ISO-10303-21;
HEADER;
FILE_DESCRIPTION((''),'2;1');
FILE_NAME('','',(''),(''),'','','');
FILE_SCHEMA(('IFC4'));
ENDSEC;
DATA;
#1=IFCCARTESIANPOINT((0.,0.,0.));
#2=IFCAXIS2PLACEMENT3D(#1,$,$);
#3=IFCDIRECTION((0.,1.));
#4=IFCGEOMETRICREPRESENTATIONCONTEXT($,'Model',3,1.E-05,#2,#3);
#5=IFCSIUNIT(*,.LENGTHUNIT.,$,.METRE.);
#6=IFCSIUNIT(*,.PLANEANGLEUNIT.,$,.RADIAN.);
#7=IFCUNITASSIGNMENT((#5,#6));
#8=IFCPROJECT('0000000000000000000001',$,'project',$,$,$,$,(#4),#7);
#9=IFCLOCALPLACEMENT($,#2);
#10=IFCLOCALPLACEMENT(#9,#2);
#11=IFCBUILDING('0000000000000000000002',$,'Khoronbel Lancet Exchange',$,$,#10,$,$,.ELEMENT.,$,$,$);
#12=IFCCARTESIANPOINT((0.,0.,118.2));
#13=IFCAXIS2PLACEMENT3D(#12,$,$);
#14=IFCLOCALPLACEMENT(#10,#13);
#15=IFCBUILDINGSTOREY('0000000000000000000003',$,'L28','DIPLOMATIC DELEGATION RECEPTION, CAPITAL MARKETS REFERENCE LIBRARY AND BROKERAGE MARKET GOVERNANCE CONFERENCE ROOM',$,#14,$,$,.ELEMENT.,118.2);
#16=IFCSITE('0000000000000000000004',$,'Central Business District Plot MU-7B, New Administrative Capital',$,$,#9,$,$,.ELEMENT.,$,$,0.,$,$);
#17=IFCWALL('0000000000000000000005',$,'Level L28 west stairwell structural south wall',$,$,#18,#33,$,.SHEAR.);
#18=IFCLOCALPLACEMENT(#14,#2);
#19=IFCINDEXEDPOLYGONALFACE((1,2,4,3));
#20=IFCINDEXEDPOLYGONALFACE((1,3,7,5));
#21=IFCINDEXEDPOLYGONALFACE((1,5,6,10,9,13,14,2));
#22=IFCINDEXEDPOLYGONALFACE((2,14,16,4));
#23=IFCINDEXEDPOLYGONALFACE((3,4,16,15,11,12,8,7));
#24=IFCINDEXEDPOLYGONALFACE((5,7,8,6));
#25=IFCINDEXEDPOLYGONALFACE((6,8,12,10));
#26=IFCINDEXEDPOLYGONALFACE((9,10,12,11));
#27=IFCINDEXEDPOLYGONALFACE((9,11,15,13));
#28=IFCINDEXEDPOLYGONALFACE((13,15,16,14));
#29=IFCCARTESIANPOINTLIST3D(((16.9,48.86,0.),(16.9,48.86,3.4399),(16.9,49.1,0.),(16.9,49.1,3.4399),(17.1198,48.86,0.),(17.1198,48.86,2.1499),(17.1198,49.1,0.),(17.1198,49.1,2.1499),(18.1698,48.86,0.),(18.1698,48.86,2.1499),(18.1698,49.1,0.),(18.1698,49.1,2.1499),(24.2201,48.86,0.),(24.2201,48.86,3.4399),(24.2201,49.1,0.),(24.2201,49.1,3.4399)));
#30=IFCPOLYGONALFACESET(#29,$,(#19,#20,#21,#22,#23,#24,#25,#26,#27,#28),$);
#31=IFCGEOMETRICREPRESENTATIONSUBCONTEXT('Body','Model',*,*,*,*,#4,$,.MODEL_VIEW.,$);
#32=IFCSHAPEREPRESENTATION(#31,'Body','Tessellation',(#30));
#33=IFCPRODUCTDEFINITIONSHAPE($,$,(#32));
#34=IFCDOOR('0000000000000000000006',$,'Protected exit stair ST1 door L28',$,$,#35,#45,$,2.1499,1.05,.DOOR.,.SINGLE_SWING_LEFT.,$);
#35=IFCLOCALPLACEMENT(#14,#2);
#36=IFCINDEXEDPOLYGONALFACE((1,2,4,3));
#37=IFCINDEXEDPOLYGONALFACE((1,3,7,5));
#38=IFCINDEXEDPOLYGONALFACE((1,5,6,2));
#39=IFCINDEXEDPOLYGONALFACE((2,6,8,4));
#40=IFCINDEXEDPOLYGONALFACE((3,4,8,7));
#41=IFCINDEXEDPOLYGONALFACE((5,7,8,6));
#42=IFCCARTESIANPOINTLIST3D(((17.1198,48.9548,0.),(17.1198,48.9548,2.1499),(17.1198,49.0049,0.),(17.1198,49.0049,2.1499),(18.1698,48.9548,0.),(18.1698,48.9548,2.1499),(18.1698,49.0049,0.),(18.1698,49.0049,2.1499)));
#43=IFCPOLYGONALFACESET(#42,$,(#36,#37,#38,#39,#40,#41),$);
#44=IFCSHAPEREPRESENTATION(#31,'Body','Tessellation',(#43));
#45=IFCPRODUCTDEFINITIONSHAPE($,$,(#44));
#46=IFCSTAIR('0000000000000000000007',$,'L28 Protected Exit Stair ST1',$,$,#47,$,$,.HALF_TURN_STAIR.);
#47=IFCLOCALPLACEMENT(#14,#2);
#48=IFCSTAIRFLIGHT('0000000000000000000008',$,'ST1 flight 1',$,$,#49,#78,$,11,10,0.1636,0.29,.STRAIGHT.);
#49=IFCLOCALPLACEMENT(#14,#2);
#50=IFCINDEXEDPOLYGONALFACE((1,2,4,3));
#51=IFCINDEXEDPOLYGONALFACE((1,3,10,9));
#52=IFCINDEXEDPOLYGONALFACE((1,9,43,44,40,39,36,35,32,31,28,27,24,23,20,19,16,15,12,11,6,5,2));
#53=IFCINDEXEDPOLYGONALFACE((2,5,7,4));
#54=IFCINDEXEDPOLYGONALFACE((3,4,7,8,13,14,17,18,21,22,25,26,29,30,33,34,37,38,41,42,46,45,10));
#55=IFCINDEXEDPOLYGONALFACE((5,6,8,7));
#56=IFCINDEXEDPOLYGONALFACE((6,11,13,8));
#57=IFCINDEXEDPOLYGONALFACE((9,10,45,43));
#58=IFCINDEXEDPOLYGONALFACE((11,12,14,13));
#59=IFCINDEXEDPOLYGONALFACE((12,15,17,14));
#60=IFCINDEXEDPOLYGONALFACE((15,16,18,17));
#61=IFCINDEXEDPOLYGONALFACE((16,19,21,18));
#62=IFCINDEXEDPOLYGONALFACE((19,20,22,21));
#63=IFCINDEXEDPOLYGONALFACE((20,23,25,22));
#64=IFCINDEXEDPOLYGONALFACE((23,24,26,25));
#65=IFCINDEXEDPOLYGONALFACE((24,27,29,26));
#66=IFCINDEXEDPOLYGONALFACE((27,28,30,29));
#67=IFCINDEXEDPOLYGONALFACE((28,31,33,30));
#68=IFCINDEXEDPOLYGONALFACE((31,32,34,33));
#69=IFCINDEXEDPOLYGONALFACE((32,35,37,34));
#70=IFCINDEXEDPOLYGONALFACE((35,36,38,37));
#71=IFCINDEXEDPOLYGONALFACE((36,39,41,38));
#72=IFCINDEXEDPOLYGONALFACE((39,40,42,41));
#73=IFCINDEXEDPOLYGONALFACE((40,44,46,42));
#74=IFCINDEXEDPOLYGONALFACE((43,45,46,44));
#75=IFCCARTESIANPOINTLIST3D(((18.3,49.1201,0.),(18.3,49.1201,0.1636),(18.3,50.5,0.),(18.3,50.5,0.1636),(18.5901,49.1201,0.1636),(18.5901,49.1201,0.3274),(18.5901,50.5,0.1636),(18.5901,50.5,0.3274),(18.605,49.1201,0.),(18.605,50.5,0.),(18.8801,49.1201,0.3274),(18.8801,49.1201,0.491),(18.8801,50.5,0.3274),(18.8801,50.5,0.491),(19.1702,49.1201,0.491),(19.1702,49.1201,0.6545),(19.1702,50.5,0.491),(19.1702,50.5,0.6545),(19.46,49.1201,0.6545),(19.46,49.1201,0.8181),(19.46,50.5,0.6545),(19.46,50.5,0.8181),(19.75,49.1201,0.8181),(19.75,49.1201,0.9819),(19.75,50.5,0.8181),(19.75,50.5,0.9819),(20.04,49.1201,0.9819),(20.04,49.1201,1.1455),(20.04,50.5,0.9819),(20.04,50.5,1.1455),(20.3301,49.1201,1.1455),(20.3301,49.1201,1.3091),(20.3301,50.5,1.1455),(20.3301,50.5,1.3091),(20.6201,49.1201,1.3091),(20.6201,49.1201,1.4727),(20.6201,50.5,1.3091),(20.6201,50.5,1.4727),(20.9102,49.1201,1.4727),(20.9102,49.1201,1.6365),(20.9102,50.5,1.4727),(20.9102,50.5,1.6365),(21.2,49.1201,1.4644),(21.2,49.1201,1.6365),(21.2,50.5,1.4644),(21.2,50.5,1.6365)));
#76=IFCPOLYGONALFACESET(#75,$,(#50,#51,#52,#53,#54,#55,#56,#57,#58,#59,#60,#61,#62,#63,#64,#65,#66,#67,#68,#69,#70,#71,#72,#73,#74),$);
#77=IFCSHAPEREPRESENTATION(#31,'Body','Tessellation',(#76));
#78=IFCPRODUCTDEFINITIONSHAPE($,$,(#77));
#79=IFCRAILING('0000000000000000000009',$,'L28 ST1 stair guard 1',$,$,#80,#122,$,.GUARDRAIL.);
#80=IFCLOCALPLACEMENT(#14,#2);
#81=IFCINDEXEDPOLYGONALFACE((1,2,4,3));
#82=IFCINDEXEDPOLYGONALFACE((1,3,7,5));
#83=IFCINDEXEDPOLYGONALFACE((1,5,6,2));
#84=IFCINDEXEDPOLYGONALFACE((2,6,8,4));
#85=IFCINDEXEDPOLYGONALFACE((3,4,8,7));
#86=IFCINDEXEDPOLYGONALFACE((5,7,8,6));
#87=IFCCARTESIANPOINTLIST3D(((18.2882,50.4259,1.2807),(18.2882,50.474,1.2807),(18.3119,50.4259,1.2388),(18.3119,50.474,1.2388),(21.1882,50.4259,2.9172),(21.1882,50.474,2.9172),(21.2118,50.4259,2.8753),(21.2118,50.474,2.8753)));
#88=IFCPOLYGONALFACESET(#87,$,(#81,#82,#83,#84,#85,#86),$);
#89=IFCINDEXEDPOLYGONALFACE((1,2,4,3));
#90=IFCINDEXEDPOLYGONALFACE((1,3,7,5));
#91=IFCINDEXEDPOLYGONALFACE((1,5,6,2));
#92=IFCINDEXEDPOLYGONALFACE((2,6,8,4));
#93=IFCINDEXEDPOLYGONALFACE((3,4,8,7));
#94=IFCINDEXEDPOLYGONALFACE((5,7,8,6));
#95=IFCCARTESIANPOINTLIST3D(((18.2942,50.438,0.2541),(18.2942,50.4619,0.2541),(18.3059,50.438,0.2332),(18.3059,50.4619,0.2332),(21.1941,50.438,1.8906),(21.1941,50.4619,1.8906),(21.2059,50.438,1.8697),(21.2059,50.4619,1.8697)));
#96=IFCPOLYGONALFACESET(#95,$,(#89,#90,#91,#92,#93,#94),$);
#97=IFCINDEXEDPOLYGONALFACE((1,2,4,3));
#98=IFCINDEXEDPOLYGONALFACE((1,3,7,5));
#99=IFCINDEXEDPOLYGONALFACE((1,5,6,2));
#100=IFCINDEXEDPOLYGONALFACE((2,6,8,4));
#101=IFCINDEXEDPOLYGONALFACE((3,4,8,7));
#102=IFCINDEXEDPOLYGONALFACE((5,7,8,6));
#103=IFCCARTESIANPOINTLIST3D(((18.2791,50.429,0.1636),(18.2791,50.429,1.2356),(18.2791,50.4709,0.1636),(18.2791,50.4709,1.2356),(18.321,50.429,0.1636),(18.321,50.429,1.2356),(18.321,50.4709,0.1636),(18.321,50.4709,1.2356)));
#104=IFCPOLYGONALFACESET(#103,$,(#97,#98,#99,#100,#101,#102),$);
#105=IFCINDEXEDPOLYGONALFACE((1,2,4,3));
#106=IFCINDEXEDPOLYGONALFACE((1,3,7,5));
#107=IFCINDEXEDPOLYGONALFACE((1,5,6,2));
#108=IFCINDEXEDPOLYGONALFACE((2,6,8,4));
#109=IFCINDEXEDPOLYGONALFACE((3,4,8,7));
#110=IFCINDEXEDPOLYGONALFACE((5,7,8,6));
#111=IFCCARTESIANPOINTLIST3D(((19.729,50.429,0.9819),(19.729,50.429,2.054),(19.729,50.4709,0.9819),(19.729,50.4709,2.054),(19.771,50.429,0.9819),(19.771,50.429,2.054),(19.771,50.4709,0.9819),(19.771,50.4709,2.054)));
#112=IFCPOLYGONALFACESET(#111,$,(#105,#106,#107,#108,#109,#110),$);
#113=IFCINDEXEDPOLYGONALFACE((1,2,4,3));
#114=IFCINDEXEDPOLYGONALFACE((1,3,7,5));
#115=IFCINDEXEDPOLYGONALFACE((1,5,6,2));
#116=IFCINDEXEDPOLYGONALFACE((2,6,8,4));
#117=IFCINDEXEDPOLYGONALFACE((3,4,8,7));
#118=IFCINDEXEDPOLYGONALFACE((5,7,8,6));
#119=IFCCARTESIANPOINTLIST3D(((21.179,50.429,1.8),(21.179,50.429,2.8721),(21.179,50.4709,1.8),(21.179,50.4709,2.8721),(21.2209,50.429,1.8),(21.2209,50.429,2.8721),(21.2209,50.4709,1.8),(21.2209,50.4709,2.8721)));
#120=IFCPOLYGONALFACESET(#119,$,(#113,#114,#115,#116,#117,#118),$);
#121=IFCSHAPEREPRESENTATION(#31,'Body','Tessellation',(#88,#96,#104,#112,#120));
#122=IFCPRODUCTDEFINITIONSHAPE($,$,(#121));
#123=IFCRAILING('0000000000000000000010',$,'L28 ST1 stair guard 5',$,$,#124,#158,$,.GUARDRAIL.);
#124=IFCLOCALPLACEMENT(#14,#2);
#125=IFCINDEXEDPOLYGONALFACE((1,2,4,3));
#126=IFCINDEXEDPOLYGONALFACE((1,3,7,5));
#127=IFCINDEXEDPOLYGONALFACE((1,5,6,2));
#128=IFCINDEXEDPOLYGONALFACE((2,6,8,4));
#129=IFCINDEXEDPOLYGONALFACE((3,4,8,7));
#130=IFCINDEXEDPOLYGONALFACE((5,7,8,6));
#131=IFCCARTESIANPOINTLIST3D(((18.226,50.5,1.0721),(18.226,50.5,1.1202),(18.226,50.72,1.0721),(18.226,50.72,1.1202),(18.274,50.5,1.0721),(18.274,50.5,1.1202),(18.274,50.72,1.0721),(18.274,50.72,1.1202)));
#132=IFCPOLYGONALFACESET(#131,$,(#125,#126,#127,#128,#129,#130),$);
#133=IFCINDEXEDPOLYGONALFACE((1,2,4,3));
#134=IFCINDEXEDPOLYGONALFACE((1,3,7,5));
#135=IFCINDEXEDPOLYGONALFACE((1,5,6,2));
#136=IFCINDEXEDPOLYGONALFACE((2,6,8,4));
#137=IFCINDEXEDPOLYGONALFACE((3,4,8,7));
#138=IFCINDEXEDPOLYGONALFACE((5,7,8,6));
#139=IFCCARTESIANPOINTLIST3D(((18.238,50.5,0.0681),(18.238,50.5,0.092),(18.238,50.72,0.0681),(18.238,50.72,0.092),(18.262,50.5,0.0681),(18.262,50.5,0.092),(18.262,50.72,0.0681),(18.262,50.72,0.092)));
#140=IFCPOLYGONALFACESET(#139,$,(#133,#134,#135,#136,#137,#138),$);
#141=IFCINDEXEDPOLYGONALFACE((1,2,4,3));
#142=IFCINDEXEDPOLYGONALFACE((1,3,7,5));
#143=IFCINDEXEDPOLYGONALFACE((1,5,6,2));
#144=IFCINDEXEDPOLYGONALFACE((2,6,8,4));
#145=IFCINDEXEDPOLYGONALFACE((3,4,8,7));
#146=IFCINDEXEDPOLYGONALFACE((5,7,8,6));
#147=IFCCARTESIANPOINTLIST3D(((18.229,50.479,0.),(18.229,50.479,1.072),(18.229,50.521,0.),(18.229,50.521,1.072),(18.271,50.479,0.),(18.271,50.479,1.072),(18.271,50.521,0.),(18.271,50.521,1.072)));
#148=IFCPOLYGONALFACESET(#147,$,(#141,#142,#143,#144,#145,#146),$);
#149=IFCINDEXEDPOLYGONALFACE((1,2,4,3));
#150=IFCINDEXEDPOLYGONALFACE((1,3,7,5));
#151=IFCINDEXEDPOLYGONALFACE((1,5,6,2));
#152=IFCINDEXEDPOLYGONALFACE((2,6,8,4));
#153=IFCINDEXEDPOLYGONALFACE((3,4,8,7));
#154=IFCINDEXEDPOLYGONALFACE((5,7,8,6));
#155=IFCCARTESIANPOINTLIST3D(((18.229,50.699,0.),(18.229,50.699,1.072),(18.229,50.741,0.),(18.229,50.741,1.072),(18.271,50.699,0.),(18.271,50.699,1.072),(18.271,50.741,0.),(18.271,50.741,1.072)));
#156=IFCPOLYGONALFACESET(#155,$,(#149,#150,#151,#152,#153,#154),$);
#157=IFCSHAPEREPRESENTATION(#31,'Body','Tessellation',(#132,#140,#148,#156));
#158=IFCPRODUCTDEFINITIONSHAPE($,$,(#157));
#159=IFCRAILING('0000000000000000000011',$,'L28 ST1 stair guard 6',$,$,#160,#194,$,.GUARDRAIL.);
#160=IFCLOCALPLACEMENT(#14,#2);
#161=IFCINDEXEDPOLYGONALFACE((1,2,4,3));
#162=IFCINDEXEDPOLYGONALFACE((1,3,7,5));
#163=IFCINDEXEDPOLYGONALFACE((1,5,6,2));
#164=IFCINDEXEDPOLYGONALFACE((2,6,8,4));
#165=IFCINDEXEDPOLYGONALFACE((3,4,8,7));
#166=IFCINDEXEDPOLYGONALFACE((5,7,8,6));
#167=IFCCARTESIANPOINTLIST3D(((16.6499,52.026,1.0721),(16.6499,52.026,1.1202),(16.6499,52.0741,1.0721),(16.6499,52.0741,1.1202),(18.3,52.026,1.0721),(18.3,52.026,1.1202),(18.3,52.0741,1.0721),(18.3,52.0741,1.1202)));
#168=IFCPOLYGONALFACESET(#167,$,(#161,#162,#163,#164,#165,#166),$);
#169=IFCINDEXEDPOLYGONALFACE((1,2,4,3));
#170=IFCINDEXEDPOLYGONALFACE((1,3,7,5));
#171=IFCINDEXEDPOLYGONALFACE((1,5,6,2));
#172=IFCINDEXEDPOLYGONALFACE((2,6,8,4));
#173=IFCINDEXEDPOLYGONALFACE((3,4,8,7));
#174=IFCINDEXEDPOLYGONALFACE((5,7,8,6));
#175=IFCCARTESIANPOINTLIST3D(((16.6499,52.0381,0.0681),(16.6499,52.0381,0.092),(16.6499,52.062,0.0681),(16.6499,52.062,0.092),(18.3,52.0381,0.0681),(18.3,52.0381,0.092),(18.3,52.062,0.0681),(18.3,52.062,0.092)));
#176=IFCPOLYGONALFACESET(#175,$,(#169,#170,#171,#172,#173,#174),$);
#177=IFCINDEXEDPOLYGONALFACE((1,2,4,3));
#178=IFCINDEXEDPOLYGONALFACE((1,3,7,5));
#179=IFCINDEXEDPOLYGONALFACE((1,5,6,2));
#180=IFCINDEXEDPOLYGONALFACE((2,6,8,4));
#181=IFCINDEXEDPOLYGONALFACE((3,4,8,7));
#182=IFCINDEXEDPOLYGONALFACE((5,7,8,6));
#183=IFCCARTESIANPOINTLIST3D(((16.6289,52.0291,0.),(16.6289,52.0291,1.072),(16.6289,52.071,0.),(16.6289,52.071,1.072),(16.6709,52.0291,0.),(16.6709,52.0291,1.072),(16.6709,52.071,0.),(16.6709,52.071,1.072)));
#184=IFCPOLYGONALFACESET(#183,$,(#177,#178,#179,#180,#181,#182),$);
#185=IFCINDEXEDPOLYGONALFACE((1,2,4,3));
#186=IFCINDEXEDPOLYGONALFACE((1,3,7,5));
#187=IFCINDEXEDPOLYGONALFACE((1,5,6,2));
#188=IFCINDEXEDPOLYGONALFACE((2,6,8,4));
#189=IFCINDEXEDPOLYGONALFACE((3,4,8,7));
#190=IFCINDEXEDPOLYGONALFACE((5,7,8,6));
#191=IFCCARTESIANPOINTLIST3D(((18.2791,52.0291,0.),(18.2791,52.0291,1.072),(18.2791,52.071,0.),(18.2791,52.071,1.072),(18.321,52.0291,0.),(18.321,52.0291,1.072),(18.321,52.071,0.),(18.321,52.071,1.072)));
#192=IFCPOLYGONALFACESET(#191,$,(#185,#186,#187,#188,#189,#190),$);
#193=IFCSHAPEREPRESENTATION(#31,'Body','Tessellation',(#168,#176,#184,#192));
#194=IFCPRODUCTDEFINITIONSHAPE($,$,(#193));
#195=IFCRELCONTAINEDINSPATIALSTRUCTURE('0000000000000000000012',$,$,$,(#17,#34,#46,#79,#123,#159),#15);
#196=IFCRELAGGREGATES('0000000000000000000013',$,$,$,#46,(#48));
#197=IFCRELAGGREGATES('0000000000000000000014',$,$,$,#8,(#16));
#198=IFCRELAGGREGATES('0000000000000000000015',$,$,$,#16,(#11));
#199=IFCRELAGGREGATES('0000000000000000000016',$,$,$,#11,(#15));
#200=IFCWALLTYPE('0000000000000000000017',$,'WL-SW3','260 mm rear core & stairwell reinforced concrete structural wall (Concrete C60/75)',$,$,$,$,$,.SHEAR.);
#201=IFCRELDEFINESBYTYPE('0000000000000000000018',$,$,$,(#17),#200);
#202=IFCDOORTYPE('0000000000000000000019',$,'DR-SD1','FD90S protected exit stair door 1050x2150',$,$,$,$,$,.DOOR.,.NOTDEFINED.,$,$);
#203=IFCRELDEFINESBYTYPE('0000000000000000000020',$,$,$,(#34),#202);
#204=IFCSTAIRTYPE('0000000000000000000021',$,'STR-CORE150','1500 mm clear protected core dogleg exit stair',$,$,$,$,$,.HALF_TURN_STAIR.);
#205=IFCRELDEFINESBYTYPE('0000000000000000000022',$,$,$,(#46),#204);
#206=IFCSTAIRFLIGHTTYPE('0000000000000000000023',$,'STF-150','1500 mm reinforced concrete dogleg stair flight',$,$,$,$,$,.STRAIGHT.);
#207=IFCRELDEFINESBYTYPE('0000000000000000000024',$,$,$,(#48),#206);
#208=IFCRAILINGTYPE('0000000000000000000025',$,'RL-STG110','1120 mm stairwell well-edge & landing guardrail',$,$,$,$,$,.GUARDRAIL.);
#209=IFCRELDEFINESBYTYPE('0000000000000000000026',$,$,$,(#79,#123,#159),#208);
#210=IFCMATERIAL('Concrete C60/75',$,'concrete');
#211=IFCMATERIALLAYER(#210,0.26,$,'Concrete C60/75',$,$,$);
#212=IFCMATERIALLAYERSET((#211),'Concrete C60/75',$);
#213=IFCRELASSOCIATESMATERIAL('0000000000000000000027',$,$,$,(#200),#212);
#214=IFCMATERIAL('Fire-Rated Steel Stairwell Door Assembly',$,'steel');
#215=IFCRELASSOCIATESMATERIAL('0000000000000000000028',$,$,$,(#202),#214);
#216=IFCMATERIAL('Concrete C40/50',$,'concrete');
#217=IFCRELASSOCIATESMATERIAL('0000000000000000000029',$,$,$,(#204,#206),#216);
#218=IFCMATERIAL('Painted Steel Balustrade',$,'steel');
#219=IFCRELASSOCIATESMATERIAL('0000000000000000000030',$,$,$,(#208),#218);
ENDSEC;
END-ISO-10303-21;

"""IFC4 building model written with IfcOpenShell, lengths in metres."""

from ifc_helpers import new_model, si_unit, direction, frame, frame_2d, origin, origin_2d, place, context, subcontext, project, spatial, polyline, rectangle, outline, extrude, material, layer, layer_set, type_object, element, fill, aggregate, save


model = new_model("IFC4")

# Units and contexts
model_context = context("Model", 3, precision=1e-05, world=origin(), true_north=direction((0.0, 1.0)))
body_context = subcontext(model_context, "Body", "Model", "MODEL_VIEW")
ifc_project = project(units=[si_unit("LENGTHUNIT", "METRE"), si_unit("PLANEANGLEUNIT", "RADIAN")], contexts=[model_context])

# Site, building, storey
site_placement = place(None, origin())
site = spatial("IfcSite", under=ifc_project, at=site_placement, Name="Central Business District Plot MU-7B, New Administrative Capital", CompositionType="ELEMENT", RefElevation=0.0)
building_placement = place(site_placement, origin())
building = spatial("IfcBuilding", under=site, at=building_placement, Name="Khoronbel Lancet Exchange", CompositionType="ELEMENT")
storey_placement = place(building_placement, frame((0.0, 0.0, 118.2)))
storey = spatial("IfcBuildingStorey", under=building, at=storey_placement, Name="L28", Description="DIPLOMATIC DELEGATION RECEPTION, CAPITAL MARKETS REFERENCE LIBRARY AND BROKERAGE MARKET GOVERNANCE CONFERENCE ROOM", CompositionType="ELEMENT", Elevation=118.2)

# Wall, opening, door
ifc_material_1 = material(Name="Concrete C60/75", Category="concrete")
ifc_layer_1 = layer(ifc_material_1, 0.26, Name="Concrete C60/75")
ifc_layer_set_1 = layer_set([ifc_layer_1], Name="Concrete C60/75")
wall_type_1 = type_object("IfcWallType", Name="WL-SW3", Description="260 mm rear core & stairwell reinforced concrete structural wall (Concrete C60/75)", PredefinedType="SHEAR", material=ifc_layer_set_1)
wall_1_placement = place(storey_placement, frame((16.8999, 48.98, 0.0), z_axis=(0.0, 0.0, 1.0), x_axis=(1.0, 0.0, 0.0)))
wall_1 = element("IfcWall", 1, at=wall_1_placement, inside=storey, type_object=wall_type_1, Name="Level L28 west stairwell structural south wall", PredefinedType="SHEAR", context=body_context, shape_type="SweptSolid", body=[
    extrude(rectangle(XDim=7.3201, YDim=0.24, at=frame_2d((3.6602, 0.0))), origin(), (0.0, 0.0, 1.0), 3.4399),
])
opening_placement = place(wall_1_placement, frame((0.22, 0.0, 0.0)))
opening = element("IfcOpeningElement", 2, at=opening_placement, cuts=wall_1, PredefinedType="OPENING", context=body_context, shape_type="SweptSolid", body=[
    extrude(rectangle(XDim=1.05, YDim=2.1499, at=frame_2d((0.5249, 1.075))), frame((0.0, 0.1299, 0.0), z_axis=(0.0, -1.0, 0.0), x_axis=(1.0, 0.0, 0.0)), (0.0, 0.0, 1.0), 0.26),
])
ifc_material_2 = material(Name="Fire-Rated Steel Stairwell Door Assembly", Category="steel")
door_type = type_object("IfcDoorType", Name="DR-SD1", Description="FD90S protected exit stair door 1050x2150", OperationType="NOTDEFINED", PredefinedType="DOOR", material=ifc_material_2)
door_placement = place(opening_placement, origin())
door = element("IfcDoor", 3, at=door_placement, inside=storey, type_object=door_type, Name="Protected exit stair ST1 door L28", OperationType="SINGLE_SWING_LEFT", OverallHeight=2.1499, OverallWidth=1.05, PredefinedType="DOOR", context=body_context, shape_type="SweptSolid", body=[
    extrude(rectangle(XDim=1.05, YDim=2.1499, at=frame_2d((0.5249, 1.075))), frame((0.0, 0.0249, 0.0), z_axis=(0.0, -1.0, 0.0), x_axis=(1.0, 0.0, 0.0)), (0.0, 0.0, 1.0), 0.05),
])
fill(opening, door)

# Stair, stair flight
ifc_material_3 = material(Name="Concrete C40/50", Category="concrete")
stair_type = type_object("IfcStairType", Name="STR-CORE150", Description="1500 mm clear protected core dogleg exit stair", PredefinedType="HALF_TURN_STAIR", material=ifc_material_3)
stair_placement = place(storey_placement, origin())
stair = element("IfcStair", 4, at=stair_placement, inside=storey, type_object=stair_type, Name="L28 Protected Exit Stair ST1", PredefinedType="HALF_TURN_STAIR")
stair_flight_type = type_object("IfcStairFlightType", Name="STF-150", Description="1500 mm reinforced concrete dogleg stair flight", PredefinedType="STRAIGHT", material=ifc_material_3)
stair_flight_placement = place(storey_placement, frame((18.3, 49.8101, 0.0), z_axis=(0.0, 0.0, 1.0), x_axis=(1.0, 0.0, 0.0)))
stair_flight = element("IfcStairFlight", 5, at=stair_flight_placement, type_object=stair_flight_type, Name="ST1 flight 1", NumberOfRisers=11, NumberOfTreads=10, PredefinedType="STRAIGHT", RiserHeight=0.1636, TreadLength=0.29, context=body_context, shape_type="SweptSolid", body=[
    extrude(outline(polyline([(0.0, 0.0), (0.0, 0.1636), (0.29, 0.1636), (0.29, 0.3274), (0.5801, 0.3274), (0.5801, 0.491), (0.8701, 0.491), (0.8701, 0.6545), (1.1599, 0.6545), (1.1599, 0.8181), (1.45, 0.8181), (1.45, 0.9819), (1.74, 0.9819), (1.74, 1.1455), (2.03, 1.1455), (2.03, 1.3091), (2.3201, 1.3091), (2.3201, 1.4727), (2.6101, 1.4727), (2.6101, 1.6365), (2.8999, 1.6365), (2.8999, 1.8), (2.8999, 1.4644), (0.3049, 0.0), (0.0, 0.0)])), frame((0.0, 0.6899, 0.0), z_axis=(0.0, -1.0, 0.0), x_axis=(1.0, 0.0, 0.0)), (0.0, 0.0, 1.0), 1.3799),
])
aggregate(stair, [stair_flight])

# Railings
ifc_material_4 = material(Name="Painted Steel Balustrade", Category="steel")
railing_type_1 = type_object("IfcRailingType", Name="RL-STG110", Description="1120 mm stairwell well-edge & landing guardrail", PredefinedType="GUARDRAIL", material=ifc_material_4)
railing_1_placement = place(storey_placement, frame((18.3, 50.45, 0.1636)))
element("IfcRailing", 6, at=railing_1_placement, inside=storey, type_object=railing_type_1, Name="L28 ST1 stair guard 1", PredefinedType="GUARDRAIL", context=body_context, shape_type="SweptSolid", body=[
    extrude(rectangle(XDim=0.0481, YDim=0.0481, at=origin_2d()), frame((0.0, 0.0, 1.0962), z_axis=(0.870897, 0.0, 0.491465), x_axis=(0.0, 1.0, 0.0)), (0.0, 0.0, 1.0), 3.3298),
    extrude(rectangle(XDim=0.0239, YDim=0.0239, at=origin_2d()), frame((0.0, 0.0, 0.0801), z_axis=(0.870897, 0.0, 0.491465), x_axis=(0.0, 1.0, 0.0)), (0.0, 0.0, 1.0), 3.3298),
    extrude(rectangle(XDim=0.042, YDim=0.042, at=origin_2d()), origin(), (0.0, 0.0, 1.0), 1.072),
    extrude(rectangle(XDim=0.042, YDim=0.042, at=origin_2d()), frame((1.45, 0.0, 0.8184)), (0.0, 0.0, 1.0), 1.072),
    extrude(rectangle(XDim=0.042, YDim=0.042, at=origin_2d()), frame((2.8999, 0.0, 1.6365)), (0.0, 0.0, 1.0), 1.072),
])
railing_2_placement = place(storey_placement, frame((18.25, 50.5, 0.0)))
element("IfcRailing", 7, at=railing_2_placement, inside=storey, type_object=railing_type_1, Name="L28 ST1 stair guard 5", PredefinedType="GUARDRAIL", context=body_context, shape_type="SweptSolid", body=[
    extrude(rectangle(XDim=0.0481, YDim=0.0481, at=origin_2d()), frame((0.0, 0.0, 1.0962), z_axis=(0.0, 1.0, 0.0), x_axis=(-1.0, 0.0, 0.0)), (0.0, 0.0, 1.0), 0.22),
    extrude(rectangle(XDim=0.0239, YDim=0.0239, at=origin_2d()), frame((0.0, 0.0, 0.0801), z_axis=(0.0, 1.0, 0.0), x_axis=(-1.0, 0.0, 0.0)), (0.0, 0.0, 1.0), 0.22),
    extrude(rectangle(XDim=0.042, YDim=0.042, at=origin_2d()), origin(), (0.0, 0.0, 1.0), 1.072),
    extrude(rectangle(XDim=0.042, YDim=0.042, at=origin_2d()), frame((0.0, 0.22, 0.0)), (0.0, 0.0, 1.0), 1.072),
])
railing_3_placement = place(storey_placement, frame((16.6499, 52.05, 0.0)))
element("IfcRailing", 8, at=railing_3_placement, inside=storey, type_object=railing_type_1, Name="L28 ST1 stair guard 6", PredefinedType="GUARDRAIL", context=body_context, shape_type="SweptSolid", body=[
    extrude(rectangle(XDim=0.0481, YDim=0.0481, at=origin_2d()), frame((0.0, 0.0, 1.0962), z_axis=(1.0, 0.0, 0.0), x_axis=(0.0, 1.0, 0.0)), (0.0, 0.0, 1.0), 1.6501),
    extrude(rectangle(XDim=0.0239, YDim=0.0239, at=origin_2d()), frame((0.0, 0.0, 0.0801), z_axis=(1.0, 0.0, 0.0), x_axis=(0.0, 1.0, 0.0)), (0.0, 0.0, 1.0), 1.6501),
    extrude(rectangle(XDim=0.042, YDim=0.042, at=origin_2d()), origin(), (0.0, 0.0, 1.0), 1.072),
    extrude(rectangle(XDim=0.042, YDim=0.042, at=origin_2d()), frame((1.6501, 0.0, 0.0)), (0.0, 0.0, 1.0), 1.072),
])

save(model, "model.ifc")
